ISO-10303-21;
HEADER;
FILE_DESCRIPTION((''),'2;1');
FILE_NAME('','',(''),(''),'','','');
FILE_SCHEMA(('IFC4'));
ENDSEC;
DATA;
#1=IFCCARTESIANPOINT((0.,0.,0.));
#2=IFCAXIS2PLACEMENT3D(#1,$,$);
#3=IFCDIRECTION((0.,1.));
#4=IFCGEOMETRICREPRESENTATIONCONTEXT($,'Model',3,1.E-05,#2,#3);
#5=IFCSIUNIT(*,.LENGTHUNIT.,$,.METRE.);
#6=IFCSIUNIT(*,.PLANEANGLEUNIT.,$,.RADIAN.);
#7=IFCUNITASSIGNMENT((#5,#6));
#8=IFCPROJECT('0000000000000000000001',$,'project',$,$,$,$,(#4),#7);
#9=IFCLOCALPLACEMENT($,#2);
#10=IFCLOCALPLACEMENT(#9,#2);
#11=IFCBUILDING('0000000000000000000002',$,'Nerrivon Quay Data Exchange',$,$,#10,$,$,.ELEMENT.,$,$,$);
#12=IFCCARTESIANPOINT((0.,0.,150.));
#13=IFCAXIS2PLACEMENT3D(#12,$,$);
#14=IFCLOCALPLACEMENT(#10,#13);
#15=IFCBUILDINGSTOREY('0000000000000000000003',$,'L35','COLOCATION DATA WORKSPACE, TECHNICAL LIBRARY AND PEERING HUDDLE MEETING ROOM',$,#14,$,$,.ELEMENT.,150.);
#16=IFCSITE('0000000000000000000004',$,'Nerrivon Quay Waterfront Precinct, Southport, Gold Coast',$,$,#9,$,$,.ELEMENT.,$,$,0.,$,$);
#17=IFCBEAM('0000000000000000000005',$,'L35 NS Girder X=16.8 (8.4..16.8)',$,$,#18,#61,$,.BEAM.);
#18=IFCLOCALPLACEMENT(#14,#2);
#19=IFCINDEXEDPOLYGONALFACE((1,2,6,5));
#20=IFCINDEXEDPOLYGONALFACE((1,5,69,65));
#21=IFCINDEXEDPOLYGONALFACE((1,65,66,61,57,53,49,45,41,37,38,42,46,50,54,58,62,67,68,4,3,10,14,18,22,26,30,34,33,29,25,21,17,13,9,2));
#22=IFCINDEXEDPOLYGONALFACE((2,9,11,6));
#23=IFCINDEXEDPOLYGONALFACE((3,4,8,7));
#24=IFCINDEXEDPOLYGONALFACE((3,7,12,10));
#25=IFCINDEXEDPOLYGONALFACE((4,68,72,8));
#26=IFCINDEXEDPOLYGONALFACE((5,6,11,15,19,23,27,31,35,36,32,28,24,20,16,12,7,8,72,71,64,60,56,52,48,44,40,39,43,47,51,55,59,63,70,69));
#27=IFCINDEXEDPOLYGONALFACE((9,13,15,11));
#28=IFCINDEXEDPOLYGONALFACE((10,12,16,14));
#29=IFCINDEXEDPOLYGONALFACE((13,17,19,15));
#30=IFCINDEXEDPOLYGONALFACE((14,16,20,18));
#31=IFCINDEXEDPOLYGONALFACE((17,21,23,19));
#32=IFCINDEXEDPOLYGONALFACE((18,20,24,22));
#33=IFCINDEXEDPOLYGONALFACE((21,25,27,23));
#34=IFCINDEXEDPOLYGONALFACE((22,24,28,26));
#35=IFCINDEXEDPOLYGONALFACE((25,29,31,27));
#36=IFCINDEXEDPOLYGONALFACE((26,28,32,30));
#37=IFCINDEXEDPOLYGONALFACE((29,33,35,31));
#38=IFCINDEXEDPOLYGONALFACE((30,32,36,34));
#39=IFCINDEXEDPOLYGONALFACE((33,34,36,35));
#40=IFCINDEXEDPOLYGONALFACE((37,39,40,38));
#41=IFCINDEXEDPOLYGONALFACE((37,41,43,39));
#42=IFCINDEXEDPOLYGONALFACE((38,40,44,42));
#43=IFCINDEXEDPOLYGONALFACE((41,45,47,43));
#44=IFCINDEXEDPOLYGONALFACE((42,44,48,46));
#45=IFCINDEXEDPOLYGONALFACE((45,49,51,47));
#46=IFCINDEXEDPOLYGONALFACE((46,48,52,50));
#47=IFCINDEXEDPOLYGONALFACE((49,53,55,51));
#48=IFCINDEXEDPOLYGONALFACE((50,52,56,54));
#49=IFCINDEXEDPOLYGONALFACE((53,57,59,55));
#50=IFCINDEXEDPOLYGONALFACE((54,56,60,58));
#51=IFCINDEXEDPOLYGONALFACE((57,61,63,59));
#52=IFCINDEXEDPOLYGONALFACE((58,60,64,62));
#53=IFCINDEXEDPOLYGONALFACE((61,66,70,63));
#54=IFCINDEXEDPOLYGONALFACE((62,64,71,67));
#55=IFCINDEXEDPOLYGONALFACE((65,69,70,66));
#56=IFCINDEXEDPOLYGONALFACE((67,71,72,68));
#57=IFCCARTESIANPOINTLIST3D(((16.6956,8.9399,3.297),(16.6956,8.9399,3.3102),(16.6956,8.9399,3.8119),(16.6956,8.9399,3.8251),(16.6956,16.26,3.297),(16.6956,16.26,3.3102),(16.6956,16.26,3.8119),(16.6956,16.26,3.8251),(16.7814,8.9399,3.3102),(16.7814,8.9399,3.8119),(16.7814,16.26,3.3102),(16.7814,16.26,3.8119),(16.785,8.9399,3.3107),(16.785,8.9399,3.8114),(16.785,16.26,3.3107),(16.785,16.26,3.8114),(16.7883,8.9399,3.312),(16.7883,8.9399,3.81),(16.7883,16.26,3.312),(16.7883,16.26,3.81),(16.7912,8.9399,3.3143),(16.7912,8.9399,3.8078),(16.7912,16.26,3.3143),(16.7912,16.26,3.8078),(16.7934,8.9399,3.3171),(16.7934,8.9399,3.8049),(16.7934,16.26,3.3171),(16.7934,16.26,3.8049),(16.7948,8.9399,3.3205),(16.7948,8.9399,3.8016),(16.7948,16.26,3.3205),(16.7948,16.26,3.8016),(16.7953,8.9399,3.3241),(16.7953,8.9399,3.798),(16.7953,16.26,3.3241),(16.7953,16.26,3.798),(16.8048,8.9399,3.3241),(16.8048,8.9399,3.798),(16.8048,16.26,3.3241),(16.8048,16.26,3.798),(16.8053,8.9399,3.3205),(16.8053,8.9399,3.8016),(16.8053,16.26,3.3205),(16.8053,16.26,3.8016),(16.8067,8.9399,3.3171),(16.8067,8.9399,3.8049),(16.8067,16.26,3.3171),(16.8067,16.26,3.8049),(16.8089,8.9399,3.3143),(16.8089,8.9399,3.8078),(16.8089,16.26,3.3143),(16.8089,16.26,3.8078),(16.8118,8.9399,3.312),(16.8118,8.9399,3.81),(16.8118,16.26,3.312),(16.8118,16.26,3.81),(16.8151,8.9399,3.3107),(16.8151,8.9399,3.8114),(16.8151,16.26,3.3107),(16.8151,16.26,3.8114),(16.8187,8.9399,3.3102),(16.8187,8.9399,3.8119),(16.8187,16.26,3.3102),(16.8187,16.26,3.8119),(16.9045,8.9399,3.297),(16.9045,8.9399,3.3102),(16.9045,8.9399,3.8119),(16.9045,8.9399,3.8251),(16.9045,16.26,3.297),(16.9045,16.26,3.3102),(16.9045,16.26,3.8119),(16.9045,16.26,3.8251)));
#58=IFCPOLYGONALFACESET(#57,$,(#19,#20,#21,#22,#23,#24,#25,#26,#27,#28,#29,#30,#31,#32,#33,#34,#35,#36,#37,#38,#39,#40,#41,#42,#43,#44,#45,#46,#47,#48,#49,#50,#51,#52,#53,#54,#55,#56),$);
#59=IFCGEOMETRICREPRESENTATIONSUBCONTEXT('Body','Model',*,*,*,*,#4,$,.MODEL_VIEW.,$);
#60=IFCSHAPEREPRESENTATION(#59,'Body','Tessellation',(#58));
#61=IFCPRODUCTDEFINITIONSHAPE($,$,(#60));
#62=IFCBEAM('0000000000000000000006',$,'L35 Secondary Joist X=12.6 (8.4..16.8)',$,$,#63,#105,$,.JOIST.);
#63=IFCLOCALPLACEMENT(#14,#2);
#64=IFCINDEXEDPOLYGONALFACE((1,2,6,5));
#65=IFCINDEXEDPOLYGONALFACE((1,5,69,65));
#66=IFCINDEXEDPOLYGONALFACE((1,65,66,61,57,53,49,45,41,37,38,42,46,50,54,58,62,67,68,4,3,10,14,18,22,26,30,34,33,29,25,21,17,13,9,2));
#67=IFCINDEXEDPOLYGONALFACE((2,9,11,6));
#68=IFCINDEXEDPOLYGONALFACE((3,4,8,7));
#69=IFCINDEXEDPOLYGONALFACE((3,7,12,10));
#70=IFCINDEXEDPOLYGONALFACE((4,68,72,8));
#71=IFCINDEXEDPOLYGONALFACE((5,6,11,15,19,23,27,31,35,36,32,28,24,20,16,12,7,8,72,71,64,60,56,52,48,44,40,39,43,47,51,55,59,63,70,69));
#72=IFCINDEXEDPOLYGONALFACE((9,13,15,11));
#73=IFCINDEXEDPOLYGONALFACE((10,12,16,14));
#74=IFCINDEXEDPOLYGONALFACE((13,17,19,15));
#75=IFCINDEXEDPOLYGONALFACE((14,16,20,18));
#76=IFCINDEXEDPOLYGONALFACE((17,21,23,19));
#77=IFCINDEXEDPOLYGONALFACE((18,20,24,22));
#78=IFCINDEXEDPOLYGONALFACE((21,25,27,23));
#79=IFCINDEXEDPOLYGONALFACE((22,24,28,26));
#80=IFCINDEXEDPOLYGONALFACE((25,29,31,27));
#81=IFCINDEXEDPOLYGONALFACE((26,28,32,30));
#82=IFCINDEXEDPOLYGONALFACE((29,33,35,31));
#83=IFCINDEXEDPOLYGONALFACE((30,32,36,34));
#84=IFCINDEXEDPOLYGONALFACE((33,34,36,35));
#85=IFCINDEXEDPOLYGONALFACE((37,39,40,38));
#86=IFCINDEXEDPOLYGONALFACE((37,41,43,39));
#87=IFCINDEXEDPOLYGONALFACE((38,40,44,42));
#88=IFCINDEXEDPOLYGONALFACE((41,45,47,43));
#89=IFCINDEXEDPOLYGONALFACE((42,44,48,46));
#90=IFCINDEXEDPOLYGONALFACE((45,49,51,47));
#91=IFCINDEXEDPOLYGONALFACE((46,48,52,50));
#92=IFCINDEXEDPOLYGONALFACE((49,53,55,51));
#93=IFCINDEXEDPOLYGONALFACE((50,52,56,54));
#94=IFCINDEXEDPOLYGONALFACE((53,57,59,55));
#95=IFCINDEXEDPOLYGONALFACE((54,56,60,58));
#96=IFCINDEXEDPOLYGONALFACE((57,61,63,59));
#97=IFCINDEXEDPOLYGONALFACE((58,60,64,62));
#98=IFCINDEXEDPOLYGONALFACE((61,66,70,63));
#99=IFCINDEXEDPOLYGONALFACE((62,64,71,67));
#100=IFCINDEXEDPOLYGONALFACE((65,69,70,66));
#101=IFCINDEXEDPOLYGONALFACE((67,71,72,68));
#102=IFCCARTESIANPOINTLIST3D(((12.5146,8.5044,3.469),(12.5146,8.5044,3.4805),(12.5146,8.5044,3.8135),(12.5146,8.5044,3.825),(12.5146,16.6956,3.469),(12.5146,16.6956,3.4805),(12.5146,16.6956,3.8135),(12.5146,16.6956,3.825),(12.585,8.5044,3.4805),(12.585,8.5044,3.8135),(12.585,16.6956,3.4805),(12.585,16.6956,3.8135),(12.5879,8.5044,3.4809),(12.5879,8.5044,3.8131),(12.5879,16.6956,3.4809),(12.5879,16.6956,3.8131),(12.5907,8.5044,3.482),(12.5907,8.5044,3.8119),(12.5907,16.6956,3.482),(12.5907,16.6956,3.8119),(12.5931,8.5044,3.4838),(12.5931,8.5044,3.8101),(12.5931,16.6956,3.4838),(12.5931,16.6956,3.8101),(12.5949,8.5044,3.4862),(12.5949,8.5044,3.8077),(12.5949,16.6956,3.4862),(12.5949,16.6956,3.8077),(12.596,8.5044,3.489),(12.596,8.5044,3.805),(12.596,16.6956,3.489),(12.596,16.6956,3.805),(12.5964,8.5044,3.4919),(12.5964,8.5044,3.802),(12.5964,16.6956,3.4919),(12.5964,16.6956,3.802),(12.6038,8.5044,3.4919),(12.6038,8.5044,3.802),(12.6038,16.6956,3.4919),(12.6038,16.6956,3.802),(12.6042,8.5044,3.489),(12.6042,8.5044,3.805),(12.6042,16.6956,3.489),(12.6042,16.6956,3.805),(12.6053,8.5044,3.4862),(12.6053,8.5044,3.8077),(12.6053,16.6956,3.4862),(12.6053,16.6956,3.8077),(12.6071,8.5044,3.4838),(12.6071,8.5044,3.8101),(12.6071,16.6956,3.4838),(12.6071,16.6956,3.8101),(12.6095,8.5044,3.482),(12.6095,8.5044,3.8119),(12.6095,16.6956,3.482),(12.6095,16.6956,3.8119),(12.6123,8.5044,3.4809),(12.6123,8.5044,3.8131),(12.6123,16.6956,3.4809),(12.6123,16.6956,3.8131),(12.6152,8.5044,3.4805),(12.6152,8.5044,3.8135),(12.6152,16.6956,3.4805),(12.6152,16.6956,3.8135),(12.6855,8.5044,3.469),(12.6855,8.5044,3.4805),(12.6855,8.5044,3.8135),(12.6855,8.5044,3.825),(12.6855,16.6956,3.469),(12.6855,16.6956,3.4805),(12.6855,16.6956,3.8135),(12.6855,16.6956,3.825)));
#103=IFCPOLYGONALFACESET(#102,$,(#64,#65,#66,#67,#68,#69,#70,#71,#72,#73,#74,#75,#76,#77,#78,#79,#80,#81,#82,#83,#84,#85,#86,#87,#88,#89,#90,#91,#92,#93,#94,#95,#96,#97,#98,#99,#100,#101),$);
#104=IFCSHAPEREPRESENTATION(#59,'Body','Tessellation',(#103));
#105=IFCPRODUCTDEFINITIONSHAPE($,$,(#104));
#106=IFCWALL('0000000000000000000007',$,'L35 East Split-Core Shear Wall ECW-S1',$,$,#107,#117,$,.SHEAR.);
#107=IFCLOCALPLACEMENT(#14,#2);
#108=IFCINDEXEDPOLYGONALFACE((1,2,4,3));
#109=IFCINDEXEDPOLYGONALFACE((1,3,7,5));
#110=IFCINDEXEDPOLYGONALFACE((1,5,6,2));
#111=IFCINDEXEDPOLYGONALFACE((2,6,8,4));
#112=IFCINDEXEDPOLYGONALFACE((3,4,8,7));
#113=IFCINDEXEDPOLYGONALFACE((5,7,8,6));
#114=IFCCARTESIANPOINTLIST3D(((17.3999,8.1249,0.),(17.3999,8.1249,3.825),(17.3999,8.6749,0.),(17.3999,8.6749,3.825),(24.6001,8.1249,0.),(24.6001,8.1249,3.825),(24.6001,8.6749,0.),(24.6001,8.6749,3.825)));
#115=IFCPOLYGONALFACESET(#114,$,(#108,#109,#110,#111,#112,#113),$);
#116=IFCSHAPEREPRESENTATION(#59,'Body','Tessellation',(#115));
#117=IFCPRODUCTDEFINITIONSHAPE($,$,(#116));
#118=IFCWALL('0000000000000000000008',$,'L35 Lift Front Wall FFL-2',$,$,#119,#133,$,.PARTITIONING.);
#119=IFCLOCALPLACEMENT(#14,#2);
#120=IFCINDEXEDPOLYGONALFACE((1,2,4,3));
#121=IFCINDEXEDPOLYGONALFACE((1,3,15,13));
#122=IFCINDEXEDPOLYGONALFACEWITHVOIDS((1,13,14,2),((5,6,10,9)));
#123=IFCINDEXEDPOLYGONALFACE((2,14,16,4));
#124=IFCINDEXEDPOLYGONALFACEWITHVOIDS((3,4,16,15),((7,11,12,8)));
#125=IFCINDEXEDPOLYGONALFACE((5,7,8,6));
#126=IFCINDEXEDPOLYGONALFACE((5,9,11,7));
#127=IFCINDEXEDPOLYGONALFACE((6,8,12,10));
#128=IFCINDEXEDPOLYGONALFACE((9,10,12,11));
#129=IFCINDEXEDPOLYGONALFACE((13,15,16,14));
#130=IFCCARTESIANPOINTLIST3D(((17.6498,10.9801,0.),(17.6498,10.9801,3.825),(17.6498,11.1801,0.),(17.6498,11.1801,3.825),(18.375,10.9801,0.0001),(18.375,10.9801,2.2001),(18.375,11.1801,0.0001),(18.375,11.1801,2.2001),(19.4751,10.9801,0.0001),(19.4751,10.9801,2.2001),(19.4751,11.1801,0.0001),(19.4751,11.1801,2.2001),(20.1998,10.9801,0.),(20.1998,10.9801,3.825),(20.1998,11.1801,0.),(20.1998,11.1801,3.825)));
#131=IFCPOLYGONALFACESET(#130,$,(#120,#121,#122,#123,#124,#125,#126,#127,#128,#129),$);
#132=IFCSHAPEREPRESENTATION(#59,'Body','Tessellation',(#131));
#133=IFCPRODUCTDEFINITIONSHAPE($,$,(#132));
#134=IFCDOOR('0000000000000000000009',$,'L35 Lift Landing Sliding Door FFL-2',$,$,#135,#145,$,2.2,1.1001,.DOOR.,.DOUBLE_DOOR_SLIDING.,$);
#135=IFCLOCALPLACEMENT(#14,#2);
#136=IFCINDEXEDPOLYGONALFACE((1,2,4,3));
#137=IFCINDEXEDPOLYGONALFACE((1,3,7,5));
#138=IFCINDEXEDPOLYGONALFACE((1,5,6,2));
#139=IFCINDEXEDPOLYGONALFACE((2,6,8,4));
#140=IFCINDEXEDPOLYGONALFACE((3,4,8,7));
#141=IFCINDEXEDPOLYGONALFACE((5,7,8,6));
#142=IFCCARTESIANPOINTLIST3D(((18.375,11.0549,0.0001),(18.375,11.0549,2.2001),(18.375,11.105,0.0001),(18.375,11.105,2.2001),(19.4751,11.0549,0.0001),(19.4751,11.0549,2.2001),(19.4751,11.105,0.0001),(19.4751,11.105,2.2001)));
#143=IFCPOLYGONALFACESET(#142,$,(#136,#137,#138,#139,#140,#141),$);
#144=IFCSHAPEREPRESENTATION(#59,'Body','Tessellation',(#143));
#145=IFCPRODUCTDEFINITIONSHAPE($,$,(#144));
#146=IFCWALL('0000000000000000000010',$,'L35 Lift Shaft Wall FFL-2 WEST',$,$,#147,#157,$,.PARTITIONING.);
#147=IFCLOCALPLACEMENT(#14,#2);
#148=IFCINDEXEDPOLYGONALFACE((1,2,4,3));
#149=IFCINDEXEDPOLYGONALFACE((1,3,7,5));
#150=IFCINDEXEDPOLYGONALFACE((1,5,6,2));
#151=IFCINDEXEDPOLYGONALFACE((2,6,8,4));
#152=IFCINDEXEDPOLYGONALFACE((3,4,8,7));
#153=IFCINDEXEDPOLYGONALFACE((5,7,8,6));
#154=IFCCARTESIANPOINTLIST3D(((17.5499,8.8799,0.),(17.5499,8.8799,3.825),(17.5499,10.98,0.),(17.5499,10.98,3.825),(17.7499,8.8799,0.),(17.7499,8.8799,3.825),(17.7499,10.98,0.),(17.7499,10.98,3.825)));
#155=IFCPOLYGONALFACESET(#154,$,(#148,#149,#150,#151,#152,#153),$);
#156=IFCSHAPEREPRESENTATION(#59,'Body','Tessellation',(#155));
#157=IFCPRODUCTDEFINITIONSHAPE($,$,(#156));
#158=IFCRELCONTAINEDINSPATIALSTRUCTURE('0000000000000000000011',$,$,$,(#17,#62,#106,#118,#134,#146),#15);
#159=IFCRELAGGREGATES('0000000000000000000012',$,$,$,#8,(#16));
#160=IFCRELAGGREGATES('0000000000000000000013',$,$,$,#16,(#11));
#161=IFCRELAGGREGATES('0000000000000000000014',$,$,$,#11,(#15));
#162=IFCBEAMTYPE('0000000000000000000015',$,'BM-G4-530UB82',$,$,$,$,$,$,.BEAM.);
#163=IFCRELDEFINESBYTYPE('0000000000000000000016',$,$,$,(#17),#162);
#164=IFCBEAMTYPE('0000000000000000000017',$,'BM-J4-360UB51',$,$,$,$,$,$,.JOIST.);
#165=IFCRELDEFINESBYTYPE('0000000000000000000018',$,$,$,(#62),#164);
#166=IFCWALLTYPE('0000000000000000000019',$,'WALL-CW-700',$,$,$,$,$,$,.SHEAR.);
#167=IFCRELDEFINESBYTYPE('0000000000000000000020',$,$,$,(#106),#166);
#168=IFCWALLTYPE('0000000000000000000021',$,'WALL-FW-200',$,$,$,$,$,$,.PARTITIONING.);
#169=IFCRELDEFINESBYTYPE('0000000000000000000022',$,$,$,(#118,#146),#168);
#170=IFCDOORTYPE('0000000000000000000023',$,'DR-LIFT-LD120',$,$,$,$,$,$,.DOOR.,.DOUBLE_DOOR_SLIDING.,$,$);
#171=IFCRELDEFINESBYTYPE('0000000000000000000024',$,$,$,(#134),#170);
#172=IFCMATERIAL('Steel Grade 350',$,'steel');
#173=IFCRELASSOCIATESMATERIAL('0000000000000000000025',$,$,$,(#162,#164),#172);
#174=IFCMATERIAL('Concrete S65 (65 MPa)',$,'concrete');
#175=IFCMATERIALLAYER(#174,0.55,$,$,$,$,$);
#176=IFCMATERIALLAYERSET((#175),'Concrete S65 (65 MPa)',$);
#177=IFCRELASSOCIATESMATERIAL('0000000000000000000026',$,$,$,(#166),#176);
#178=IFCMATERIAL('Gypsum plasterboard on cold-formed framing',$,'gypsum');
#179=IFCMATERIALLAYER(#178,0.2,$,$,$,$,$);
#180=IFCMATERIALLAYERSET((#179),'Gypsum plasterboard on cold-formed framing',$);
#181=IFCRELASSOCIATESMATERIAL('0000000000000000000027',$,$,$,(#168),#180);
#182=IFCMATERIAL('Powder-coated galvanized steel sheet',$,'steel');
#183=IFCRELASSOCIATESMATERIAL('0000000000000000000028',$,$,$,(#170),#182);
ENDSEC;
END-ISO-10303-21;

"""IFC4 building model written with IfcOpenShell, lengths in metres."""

from ifc_helpers import new_model, si_unit, direction, frame, frame_2d, origin, origin_2d, place, context, subcontext, project, spatial, rectangle, i_section, extrude, material, layer, layer_set, material_profile, profile_set, type_object, element, fill, save


model = new_model("IFC4")

# Units and contexts
model_context = context("Model", 3, precision=1e-05, world=origin(), true_north=direction((0.0, 1.0)))
body_context = subcontext(model_context, "Body", "Model", "MODEL_VIEW")
ifc_project = project(units=[si_unit("LENGTHUNIT", "METRE"), si_unit("PLANEANGLEUNIT", "RADIAN")], contexts=[model_context])

# Site, building, storey
site_placement = place(None, origin())
site = spatial("IfcSite", under=ifc_project, at=site_placement, Name="Nerrivon Quay Waterfront Precinct, Southport, Gold Coast", CompositionType="ELEMENT", RefElevation=0.0)
building_placement = place(site_placement, origin())
building = spatial("IfcBuilding", under=site, at=building_placement, Name="Nerrivon Quay Data Exchange", CompositionType="ELEMENT")
storey_placement = place(building_placement, frame((0.0, 0.0, 150.0)))
storey = spatial("IfcBuildingStorey", under=building, at=storey_placement, Name="L35", Description="COLOCATION DATA WORKSPACE, TECHNICAL LIBRARY AND PEERING HUDDLE MEETING ROOM", CompositionType="ELEMENT", Elevation=150.0)

# Shared definitions
ifc_material_1 = material(Name="Concrete S65 (65 MPa)", Category="concrete")
ifc_material_2 = material(Name="Steel Grade 350", Category="steel")

# Beams
ifc_material_profile_1 = material_profile(ifc_material_2, i_section(OverallWidth=0.209, OverallDepth=0.5281, WebThickness=0.0095, FlangeThickness=0.0132, FilletRadius=0.0139, at=origin_2d()), Name="530UB82.0")
ifc_profile_set_1 = profile_set([ifc_material_profile_1], Name="Steel Grade 350")
beam_type_1 = type_object("IfcBeamType", Name="BM-G4-530UB82", PredefinedType="BEAM", material=ifc_profile_set_1)
beam_1_placement = place(storey_placement, frame((16.8, 8.9399, 3.561), z_axis=(0.0, 1.0, 0.0), x_axis=(-1.0, 0.0, 0.0)))
element("IfcBeam", 1, at=beam_1_placement, inside=storey, type_object=beam_type_1, Name="L35 NS Girder X=16.8 (8.4..16.8)", PredefinedType="BEAM", context=body_context, shape_type="SweptSolid", body=[
    extrude(i_section(OverallWidth=0.209, OverallDepth=0.5281, WebThickness=0.0095, FlangeThickness=0.0132, FilletRadius=0.0139, at=origin_2d()), origin(), (0.0, 0.0, 1.0), 7.3201),
])
ifc_material_profile_2 = material_profile(ifc_material_2, i_section(OverallWidth=0.1709, OverallDepth=0.356, WebThickness=0.0073, FlangeThickness=0.0115, FilletRadius=0.0115, at=origin_2d()), Name="360UB50.7")
ifc_profile_set_2 = profile_set([ifc_material_profile_2], Name="Steel Grade 350")
beam_type_2 = type_object("IfcBeamType", Name="BM-J4-360UB51", PredefinedType="JOIST", material=ifc_profile_set_2)
beam_2_placement = place(storey_placement, frame((12.6001, 8.5044, 3.647), z_axis=(0.0, 1.0, 0.0), x_axis=(-1.0, 0.0, 0.0)))
element("IfcBeam", 2, at=beam_2_placement, inside=storey, type_object=beam_type_2, Name="L35 Secondary Joist X=12.6 (8.4..16.8)", PredefinedType="JOIST", context=body_context, shape_type="SweptSolid", body=[
    extrude(i_section(OverallWidth=0.1709, OverallDepth=0.356, WebThickness=0.0073, FlangeThickness=0.0115, FilletRadius=0.0115, at=origin_2d()), origin(), (0.0, 0.0, 1.0), 8.1912),
])

# Wall
ifc_layer_1 = layer(ifc_material_1, 0.55)
ifc_layer_set_1 = layer_set([ifc_layer_1], Name="Concrete S65 (65 MPa)")
wall_type_1 = type_object("IfcWallType", Name="WALL-CW-700", PredefinedType="SHEAR", material=ifc_layer_set_1)
wall_1_placement = place(storey_placement, frame((17.3999, 8.3999, 0.0), z_axis=(0.0, 0.0, 1.0), x_axis=(1.0, 0.0, 0.0)))
element("IfcWall", 3, at=wall_1_placement, inside=storey, type_object=wall_type_1, Name="L35 East Split-Core Shear Wall ECW-S1", PredefinedType="SHEAR", context=body_context, shape_type="SweptSolid", body=[
    extrude(rectangle(XDim=7.2002, YDim=0.55, at=frame_2d((3.6001, 0.0))), origin(), (0.0, 0.0, 1.0), 3.825),
])

# Wall, opening, door
ifc_material_3 = material(Name="Powder-coated galvanized steel sheet", Category="steel")
ifc_material_4 = material(Name="Gypsum plasterboard on cold-formed framing", Category="gypsum")
ifc_layer_2 = layer(ifc_material_4, 0.2)
ifc_layer_set_2 = layer_set([ifc_layer_2], Name="Gypsum plasterboard on cold-formed framing")
wall_type_2 = type_object("IfcWallType", Name="WALL-FW-200", PredefinedType="PARTITIONING", material=ifc_layer_set_2)
wall_2_placement = place(storey_placement, frame((17.6499, 11.0801, 0.0), z_axis=(0.0, 0.0, 1.0), x_axis=(1.0, 0.0, 0.0)))
wall_2 = element("IfcWall", 4, at=wall_2_placement, inside=storey, type_object=wall_type_2, Name="L35 Lift Front Wall FFL-2", PredefinedType="PARTITIONING", context=body_context, shape_type="SweptSolid", body=[
    extrude(rectangle(XDim=2.55, YDim=0.2, at=frame_2d((1.2749, 0.0))), origin(), (0.0, 0.0, 1.0), 3.825),
])
opening_1_placement = place(wall_2_placement, frame((0.7251, 0.0, 0.0)))
opening_1 = element("IfcOpeningElement", 5, at=opening_1_placement, cuts=wall_2, PredefinedType="OPENING", context=body_context, shape_type="SweptSolid", body=[
    extrude(rectangle(XDim=1.1001, YDim=2.2, at=frame_2d((0.55, 1.1001))), frame((0.0, 0.1099, 0.0), z_axis=(0.0, -1.0, 0.0), x_axis=(1.0, 0.0, 0.0)), (0.0, 0.0, 1.0), 0.22),
])
door_type_1 = type_object("IfcDoorType", Name="DR-LIFT-LD120", OperationType="DOUBLE_DOOR_SLIDING", PredefinedType="DOOR", material=ifc_material_3)
door_1_placement = place(opening_1_placement, origin())
door_1 = element("IfcDoor", 6, at=door_1_placement, inside=storey, type_object=door_type_1, Name="L35 Lift Landing Sliding Door FFL-2", OperationType="DOUBLE_DOOR_SLIDING", OverallHeight=2.2, OverallWidth=1.1001, PredefinedType="DOOR", context=body_context, shape_type="SweptSolid", body=[
    extrude(rectangle(XDim=1.1001, YDim=2.2, at=frame_2d((0.55, 1.1001))), frame((0.0, 0.0249, 0.0), z_axis=(0.0, -1.0, 0.0), x_axis=(1.0, 0.0, 0.0)), (0.0, 0.0, 1.0), 0.05),
])
fill(opening_1, door_1)

# Wall
wall_3_placement = place(storey_placement, frame((17.6499, 8.8799, 0.0), z_axis=(0.0, 0.0, 1.0), x_axis=(0.0, 1.0, 0.0)))
element("IfcWall", 7, at=wall_3_placement, inside=storey, type_object=wall_type_2, Name="L35 Lift Shaft Wall FFL-2 WEST", PredefinedType="PARTITIONING", context=body_context, shape_type="SweptSolid", body=[
    extrude(rectangle(XDim=2.1001, YDim=0.2, at=frame_2d((1.05, 0.0))), origin(), (0.0, 0.0, 1.0), 3.825),
])

save(model, "model.ifc")
